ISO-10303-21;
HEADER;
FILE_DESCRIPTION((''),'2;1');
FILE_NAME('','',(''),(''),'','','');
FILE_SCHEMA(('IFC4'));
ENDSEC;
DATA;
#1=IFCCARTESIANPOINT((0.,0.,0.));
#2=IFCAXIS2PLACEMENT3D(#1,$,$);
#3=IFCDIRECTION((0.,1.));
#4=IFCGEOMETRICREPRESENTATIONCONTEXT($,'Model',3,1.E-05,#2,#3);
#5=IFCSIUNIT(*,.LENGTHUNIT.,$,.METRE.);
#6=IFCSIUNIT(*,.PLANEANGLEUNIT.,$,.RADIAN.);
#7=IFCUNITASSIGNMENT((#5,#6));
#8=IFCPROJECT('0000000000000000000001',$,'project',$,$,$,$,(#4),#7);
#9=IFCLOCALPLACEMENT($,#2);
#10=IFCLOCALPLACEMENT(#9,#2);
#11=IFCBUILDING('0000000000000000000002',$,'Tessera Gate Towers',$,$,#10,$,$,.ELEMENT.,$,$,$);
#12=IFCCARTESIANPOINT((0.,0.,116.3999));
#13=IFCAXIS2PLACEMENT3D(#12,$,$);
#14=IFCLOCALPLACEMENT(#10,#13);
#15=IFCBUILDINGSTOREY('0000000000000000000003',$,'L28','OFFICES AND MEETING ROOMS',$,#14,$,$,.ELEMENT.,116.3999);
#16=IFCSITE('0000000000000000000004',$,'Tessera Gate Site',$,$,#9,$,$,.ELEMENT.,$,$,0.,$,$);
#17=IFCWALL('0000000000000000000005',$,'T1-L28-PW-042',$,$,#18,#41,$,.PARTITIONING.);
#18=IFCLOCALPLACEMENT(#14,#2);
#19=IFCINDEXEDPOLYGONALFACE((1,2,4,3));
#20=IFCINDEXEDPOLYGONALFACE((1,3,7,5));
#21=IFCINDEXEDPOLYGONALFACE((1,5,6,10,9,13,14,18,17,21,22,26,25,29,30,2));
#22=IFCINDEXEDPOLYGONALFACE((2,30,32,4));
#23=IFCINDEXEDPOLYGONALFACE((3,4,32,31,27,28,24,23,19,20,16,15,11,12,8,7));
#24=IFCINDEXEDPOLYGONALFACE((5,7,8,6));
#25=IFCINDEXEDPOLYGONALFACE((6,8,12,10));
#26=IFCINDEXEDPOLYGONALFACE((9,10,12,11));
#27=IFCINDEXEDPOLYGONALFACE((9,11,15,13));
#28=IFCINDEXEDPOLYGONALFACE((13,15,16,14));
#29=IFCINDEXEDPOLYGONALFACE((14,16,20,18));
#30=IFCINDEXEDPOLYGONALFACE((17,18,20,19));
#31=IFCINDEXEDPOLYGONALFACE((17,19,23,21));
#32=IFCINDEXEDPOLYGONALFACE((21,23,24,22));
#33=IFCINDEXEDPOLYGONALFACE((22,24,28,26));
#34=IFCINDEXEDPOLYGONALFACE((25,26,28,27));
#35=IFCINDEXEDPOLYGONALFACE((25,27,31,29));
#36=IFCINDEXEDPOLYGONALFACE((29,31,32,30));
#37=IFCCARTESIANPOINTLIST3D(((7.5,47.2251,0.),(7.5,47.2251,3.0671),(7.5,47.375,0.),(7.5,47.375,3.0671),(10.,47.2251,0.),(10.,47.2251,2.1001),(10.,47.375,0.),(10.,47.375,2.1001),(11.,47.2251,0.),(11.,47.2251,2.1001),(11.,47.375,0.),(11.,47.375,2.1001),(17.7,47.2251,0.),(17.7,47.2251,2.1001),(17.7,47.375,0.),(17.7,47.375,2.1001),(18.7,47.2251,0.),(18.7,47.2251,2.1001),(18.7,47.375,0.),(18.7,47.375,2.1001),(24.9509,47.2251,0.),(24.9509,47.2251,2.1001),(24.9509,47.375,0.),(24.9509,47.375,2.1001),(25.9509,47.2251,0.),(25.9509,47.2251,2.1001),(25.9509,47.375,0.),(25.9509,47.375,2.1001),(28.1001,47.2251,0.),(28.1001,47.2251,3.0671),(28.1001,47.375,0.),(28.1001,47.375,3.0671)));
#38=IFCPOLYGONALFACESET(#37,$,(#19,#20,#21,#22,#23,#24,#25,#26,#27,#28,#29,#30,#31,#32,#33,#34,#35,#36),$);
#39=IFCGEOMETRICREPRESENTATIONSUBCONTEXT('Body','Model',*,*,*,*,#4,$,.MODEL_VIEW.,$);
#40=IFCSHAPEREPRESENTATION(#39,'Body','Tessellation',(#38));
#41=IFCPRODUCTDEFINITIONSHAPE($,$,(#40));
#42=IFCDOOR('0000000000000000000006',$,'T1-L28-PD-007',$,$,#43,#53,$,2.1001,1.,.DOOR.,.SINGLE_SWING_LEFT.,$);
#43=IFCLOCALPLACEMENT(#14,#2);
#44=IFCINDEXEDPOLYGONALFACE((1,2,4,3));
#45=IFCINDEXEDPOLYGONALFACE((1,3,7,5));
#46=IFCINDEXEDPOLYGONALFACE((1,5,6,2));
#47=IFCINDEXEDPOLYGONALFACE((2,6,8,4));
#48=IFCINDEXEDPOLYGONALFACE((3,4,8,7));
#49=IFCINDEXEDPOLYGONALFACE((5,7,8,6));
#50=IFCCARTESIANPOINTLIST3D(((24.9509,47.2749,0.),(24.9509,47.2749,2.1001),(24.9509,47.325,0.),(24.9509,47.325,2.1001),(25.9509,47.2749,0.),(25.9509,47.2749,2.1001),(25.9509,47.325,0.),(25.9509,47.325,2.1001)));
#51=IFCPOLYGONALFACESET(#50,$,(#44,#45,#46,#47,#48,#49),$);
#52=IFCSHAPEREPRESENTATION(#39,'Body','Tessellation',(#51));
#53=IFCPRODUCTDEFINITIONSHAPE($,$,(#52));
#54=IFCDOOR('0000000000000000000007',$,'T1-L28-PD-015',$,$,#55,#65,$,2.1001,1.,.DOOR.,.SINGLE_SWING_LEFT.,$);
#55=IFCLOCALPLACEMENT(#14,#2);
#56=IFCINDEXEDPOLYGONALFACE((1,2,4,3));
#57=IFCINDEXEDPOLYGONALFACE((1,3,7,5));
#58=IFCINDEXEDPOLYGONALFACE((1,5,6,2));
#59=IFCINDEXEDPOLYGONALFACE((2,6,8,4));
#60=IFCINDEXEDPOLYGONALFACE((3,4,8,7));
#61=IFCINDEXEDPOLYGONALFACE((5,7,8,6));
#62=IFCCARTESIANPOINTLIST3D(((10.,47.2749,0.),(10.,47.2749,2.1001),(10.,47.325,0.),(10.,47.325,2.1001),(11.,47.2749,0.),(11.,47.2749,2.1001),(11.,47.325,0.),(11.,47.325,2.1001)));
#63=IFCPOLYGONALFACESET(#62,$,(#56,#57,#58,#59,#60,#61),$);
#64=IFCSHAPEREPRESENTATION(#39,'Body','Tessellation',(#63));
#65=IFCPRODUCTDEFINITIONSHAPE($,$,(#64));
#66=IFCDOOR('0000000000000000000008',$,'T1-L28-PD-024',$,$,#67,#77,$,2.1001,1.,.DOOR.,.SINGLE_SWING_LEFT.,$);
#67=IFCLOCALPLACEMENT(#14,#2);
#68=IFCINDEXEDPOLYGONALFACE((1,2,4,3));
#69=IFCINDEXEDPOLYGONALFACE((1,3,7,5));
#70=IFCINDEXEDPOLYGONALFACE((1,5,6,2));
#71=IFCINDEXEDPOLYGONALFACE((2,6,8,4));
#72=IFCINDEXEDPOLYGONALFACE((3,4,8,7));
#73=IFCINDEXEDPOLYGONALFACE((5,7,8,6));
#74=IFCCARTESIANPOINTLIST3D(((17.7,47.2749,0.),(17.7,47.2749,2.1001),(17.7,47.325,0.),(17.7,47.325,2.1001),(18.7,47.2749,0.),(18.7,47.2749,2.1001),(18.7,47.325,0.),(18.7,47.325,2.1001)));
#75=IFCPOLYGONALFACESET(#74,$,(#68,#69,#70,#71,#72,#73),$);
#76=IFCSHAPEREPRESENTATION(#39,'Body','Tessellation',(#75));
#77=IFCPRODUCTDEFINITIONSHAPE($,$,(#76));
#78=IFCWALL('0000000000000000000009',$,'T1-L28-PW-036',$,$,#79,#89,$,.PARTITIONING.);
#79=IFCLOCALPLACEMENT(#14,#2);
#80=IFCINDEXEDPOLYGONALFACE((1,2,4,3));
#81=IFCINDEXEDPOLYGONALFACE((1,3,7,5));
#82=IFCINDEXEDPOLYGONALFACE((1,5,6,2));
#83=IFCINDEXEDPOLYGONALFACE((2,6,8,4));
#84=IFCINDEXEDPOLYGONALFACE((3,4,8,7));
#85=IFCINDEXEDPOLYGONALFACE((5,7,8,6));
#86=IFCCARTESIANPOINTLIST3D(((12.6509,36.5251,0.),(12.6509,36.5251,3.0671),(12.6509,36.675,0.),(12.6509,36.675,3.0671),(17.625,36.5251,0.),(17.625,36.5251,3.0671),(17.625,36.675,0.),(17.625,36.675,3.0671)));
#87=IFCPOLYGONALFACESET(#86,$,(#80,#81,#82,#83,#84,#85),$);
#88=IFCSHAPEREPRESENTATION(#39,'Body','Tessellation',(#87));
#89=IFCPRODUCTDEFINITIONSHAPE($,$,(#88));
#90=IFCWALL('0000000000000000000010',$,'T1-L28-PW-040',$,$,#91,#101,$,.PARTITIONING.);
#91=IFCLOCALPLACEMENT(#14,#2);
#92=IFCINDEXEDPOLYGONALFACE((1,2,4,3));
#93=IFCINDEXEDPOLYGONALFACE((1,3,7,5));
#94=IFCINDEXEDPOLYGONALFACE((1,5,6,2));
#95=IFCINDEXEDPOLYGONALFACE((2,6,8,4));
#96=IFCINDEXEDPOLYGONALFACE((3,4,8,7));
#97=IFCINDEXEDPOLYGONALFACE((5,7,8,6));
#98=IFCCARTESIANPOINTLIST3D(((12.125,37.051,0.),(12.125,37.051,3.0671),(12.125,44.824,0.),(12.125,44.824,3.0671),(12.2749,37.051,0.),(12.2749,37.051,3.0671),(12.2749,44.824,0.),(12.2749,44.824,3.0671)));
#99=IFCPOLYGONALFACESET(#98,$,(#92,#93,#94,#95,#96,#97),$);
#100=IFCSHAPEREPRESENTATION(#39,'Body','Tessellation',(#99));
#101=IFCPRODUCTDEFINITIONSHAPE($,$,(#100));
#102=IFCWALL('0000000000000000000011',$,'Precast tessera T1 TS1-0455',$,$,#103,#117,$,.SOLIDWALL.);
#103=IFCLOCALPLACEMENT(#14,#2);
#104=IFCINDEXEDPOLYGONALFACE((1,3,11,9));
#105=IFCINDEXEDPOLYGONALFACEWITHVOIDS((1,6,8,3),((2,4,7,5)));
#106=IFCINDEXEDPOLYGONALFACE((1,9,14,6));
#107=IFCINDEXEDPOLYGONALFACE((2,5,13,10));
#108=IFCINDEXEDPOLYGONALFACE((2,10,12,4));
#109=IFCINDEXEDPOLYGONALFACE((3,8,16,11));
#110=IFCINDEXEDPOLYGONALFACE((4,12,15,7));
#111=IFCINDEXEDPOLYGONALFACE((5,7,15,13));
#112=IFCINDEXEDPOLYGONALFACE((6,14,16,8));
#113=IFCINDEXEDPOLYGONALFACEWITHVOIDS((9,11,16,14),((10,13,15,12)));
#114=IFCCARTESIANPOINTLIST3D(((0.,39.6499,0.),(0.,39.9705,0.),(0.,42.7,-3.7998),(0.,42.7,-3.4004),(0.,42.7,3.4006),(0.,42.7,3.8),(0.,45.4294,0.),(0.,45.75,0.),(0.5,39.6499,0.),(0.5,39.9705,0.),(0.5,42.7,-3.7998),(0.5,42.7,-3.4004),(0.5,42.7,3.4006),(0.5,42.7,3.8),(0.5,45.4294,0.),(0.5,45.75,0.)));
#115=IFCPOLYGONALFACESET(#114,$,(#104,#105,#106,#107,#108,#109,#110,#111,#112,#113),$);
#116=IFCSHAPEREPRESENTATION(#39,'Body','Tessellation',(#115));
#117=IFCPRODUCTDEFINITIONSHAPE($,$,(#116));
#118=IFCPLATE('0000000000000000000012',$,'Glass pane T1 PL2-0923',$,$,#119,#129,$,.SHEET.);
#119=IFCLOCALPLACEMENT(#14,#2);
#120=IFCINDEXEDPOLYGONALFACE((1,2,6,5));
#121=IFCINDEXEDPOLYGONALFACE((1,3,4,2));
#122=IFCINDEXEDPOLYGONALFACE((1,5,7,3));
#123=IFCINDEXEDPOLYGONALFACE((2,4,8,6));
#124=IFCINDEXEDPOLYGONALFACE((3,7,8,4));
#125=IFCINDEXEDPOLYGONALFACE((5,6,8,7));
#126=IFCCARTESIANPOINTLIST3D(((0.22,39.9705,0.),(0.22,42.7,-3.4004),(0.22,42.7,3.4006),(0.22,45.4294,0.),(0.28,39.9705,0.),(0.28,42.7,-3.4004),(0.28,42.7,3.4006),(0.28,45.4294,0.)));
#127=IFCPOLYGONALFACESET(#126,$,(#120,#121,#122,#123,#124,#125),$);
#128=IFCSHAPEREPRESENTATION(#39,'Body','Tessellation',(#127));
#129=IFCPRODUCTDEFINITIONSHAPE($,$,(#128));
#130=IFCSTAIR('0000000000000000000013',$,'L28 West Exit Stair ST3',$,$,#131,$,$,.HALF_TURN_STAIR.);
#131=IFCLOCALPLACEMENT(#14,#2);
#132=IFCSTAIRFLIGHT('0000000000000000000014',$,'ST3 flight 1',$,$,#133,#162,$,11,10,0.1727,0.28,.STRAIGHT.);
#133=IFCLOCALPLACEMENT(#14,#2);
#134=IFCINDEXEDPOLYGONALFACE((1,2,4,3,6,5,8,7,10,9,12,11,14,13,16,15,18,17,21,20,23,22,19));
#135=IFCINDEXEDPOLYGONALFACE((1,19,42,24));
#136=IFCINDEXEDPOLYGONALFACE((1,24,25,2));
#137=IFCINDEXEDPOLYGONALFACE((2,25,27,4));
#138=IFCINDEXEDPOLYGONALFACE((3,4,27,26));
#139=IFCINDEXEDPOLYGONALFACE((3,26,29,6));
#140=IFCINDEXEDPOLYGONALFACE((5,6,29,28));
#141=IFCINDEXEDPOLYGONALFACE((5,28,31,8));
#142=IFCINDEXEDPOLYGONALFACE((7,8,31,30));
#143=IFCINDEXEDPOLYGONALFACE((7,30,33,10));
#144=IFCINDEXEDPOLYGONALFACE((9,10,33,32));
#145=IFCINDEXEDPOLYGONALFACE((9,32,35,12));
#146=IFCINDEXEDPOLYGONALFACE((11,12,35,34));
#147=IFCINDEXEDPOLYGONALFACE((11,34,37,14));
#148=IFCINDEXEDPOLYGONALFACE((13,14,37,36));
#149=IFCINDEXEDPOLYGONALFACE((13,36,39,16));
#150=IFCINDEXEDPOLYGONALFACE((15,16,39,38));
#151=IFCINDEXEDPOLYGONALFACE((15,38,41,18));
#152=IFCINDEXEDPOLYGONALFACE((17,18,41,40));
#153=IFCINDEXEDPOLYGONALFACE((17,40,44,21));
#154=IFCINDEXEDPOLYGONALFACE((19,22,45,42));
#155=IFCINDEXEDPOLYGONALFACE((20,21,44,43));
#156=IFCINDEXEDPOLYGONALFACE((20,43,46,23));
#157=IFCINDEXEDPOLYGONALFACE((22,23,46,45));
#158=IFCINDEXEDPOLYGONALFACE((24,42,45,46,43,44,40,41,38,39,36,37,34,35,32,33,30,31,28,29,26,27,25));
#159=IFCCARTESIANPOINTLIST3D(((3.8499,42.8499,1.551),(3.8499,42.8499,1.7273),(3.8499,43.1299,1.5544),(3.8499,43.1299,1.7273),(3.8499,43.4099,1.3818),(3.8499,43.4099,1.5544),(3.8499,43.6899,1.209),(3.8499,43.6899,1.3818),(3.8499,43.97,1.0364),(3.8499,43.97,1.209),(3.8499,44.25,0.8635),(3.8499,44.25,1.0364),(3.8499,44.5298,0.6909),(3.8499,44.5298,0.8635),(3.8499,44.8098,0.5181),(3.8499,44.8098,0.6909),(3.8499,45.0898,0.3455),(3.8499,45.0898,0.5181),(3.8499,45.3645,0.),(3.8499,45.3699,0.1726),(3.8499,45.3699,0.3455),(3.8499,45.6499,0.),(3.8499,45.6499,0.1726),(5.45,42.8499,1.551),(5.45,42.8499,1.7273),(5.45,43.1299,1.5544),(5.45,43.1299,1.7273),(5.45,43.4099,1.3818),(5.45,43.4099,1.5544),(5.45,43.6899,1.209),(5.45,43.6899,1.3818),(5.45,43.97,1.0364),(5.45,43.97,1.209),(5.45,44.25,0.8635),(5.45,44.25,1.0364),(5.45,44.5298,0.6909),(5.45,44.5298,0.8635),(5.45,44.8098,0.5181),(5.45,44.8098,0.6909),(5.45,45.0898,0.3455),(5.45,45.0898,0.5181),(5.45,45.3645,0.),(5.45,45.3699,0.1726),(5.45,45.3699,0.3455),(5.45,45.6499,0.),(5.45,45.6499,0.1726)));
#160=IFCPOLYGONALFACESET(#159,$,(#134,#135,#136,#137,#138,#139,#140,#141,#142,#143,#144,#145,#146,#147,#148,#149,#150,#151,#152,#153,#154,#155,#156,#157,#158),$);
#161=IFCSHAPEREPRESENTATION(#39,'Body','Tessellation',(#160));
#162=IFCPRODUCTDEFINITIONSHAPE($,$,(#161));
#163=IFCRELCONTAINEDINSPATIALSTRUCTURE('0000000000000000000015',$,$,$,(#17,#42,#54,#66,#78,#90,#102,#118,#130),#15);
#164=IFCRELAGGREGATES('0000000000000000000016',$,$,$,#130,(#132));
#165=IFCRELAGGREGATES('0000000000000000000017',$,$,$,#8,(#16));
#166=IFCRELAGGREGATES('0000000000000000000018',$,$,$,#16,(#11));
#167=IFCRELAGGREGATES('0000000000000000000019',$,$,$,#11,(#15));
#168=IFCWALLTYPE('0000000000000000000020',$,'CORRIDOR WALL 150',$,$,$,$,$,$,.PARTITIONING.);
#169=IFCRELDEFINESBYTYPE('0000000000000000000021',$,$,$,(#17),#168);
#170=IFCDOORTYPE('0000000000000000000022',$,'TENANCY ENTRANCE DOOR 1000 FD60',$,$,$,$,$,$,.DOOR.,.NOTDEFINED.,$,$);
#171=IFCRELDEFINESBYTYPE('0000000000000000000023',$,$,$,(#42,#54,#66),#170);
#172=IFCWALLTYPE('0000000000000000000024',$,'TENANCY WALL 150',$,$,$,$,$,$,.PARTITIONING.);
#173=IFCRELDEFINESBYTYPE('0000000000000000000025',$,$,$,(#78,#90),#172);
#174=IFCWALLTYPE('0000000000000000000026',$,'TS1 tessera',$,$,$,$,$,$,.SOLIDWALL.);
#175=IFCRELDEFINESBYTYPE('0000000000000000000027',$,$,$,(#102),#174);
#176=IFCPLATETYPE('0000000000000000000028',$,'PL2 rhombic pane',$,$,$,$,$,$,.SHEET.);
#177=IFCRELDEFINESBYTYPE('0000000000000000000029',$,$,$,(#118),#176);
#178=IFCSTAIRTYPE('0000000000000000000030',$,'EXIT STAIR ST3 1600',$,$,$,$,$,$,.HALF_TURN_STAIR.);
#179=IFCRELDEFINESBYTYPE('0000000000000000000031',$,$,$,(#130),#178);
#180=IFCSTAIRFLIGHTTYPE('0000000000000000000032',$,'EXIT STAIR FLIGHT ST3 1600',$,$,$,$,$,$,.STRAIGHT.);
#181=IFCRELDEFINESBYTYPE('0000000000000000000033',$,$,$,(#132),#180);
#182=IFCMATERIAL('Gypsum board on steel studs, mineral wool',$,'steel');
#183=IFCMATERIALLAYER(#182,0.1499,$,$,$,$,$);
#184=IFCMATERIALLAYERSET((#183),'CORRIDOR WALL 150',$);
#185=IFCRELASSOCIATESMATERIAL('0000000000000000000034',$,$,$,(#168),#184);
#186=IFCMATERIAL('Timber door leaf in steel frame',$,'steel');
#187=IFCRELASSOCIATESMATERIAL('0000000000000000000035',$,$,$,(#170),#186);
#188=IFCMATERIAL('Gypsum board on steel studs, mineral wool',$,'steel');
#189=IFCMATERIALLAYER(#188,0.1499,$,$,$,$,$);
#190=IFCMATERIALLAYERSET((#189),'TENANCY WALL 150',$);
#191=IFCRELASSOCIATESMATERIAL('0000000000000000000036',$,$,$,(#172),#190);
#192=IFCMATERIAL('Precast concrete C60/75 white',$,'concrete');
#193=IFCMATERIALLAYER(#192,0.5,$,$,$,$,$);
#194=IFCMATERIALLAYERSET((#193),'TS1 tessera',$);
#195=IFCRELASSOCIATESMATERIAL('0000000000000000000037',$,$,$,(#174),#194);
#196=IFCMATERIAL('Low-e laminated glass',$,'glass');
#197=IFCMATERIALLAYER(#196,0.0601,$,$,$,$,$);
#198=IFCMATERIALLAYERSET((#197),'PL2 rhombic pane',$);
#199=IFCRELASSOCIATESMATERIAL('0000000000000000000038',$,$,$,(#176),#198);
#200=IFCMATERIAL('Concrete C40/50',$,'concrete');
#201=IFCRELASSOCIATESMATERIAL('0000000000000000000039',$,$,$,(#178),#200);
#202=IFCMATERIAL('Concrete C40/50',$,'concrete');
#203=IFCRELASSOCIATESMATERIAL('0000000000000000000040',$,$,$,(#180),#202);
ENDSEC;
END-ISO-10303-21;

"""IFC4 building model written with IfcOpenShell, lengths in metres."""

from ifc_helpers import new_model, si_unit, direction, frame, frame_2d, origin, place, context, subcontext, project, spatial, polyline, rectangle, outline, extrude, source, transform, mapped, material, layer, layer_set, type_object, element, fill, aggregate, save


model = new_model("IFC4")

# Units and contexts
model_context = context("Model", 3, precision=1e-05, world=origin(), true_north=direction((0.0, 1.0)))
body_context = subcontext(model_context, "Body", "Model", "MODEL_VIEW")
ifc_project = project(units=[si_unit("LENGTHUNIT", "METRE"), si_unit("PLANEANGLEUNIT", "RADIAN")], contexts=[model_context])

# Site, building, storey
site_placement = place(None, origin())
site = spatial("IfcSite", under=ifc_project, at=site_placement, Name="Tessera Gate Site", CompositionType="ELEMENT", RefElevation=0.0)
building_placement = place(site_placement, origin())
building = spatial("IfcBuilding", under=site, at=building_placement, Name="Tessera Gate Towers", CompositionType="ELEMENT")
storey_placement = place(building_placement, frame((0.0, 0.0, 116.3999)))
storey = spatial("IfcBuildingStorey", under=building, at=storey_placement, Name="L28", Description="OFFICES AND MEETING ROOMS", CompositionType="ELEMENT", Elevation=116.3999)

# Wall, openings, doors
ifc_material_1 = material(Name="Gypsum board on steel studs, mineral wool", Category="steel")
ifc_layer_1 = layer(ifc_material_1, 0.1499)
ifc_layer_set_1 = layer_set([ifc_layer_1], Name="CORRIDOR WALL 150")
wall_type_1 = type_object("IfcWallType", Name="CORRIDOR WALL 150", PredefinedType="PARTITIONING", material=ifc_layer_set_1)
wall_1_placement = place(storey_placement, frame((7.5, 47.3, 0.0), z_axis=(0.0, 0.0, 1.0), x_axis=(1.0, 0.0, 0.0)))
wall_1 = element("IfcWall", 1, at=wall_1_placement, inside=storey, type_object=wall_type_1, Name="T1-L28-PW-042", PredefinedType="PARTITIONING", context=body_context, shape_type="SweptSolid", body=[
    extrude(rectangle(XDim=20.6001, YDim=0.1499, at=frame_2d((10.3, 0.0))), origin(), (0.0, 0.0, 1.0), 3.0671),
])
shared_shape_1 = source(origin(), body_context, "Body", "SweptSolid", [
    extrude(rectangle(XDim=1.0, YDim=2.1001, at=frame_2d((0.5, 1.05))), frame((0.0, 0.085, 0.0), z_axis=(0.0, -1.0, 0.0), x_axis=(1.0, 0.0, 0.0)), (0.0, 0.0, 1.0), 0.1699),
])
opening_1_placement = place(wall_1_placement, frame((17.4509, 0.0, 0.0)))
opening_1 = element("IfcOpeningElement", 2, at=opening_1_placement, cuts=wall_1, PredefinedType="OPENING", context=body_context, shape_type="MappedRepresentation", body=[
    mapped(shared_shape_1, transform((0.0, 0.0, 0.0), scale=1.0)),
])
opening_2_placement = place(wall_1_placement, frame((2.5, 0.0, 0.0)))
opening_2 = element("IfcOpeningElement", 3, at=opening_2_placement, cuts=wall_1, PredefinedType="OPENING", context=body_context, shape_type="MappedRepresentation", body=[
    mapped(shared_shape_1, transform((0.0, 0.0, 0.0), scale=1.0)),
])
opening_3_placement = place(wall_1_placement, frame((10.2, 0.0, 0.0)))
opening_3 = element("IfcOpeningElement", 4, at=opening_3_placement, cuts=wall_1, PredefinedType="OPENING", context=body_context, shape_type="MappedRepresentation", body=[
    mapped(shared_shape_1, transform((0.0, 0.0, 0.0), scale=1.0)),
])
ifc_material_2 = material(Name="Timber door leaf in steel frame", Category="steel")
door_type_1 = type_object("IfcDoorType", Name="TENANCY ENTRANCE DOOR 1000 FD60", OperationType="NOTDEFINED", PredefinedType="DOOR", material=ifc_material_2)
shared_shape_2 = source(origin(), body_context, "Body", "SweptSolid", [
    extrude(rectangle(XDim=1.0, YDim=2.1001, at=frame_2d((0.5, 1.05))), frame((0.0, 0.0249, 0.0), z_axis=(0.0, -1.0, 0.0), x_axis=(1.0, 0.0, 0.0)), (0.0, 0.0, 1.0), 0.05),
])
door_1_placement = place(opening_1_placement, origin())
door_1 = element("IfcDoor", 5, at=door_1_placement, inside=storey, type_object=door_type_1, Name="T1-L28-PD-007", OperationType="SINGLE_SWING_LEFT", OverallHeight=2.1001, OverallWidth=1.0, PredefinedType="DOOR", context=body_context, shape_type="MappedRepresentation", body=[
    mapped(shared_shape_2, transform((0.0, 0.0, 0.0), scale=1.0)),
])
fill(opening_1, door_1)
door_2_placement = place(opening_2_placement, origin())
door_2 = element("IfcDoor", 6, at=door_2_placement, inside=storey, type_object=door_type_1, Name="T1-L28-PD-015", OperationType="SINGLE_SWING_LEFT", OverallHeight=2.1001, OverallWidth=1.0, PredefinedType="DOOR", context=body_context, shape_type="MappedRepresentation", body=[
    mapped(shared_shape_2, transform((0.0, 0.0, 0.0), scale=1.0)),
])
fill(opening_2, door_2)
door_3_placement = place(opening_3_placement, origin())
door_3 = element("IfcDoor", 7, at=door_3_placement, inside=storey, type_object=door_type_1, Name="T1-L28-PD-024", OperationType="SINGLE_SWING_LEFT", OverallHeight=2.1001, OverallWidth=1.0, PredefinedType="DOOR", context=body_context, shape_type="MappedRepresentation", body=[
    mapped(shared_shape_2, transform((0.0, 0.0, 0.0), scale=1.0)),
])
fill(opening_3, door_3)

# Walls
ifc_material_3 = material(Name="Gypsum board on steel studs, mineral wool", Category="steel")
ifc_layer_2 = layer(ifc_material_3, 0.1499)
ifc_layer_set_2 = layer_set([ifc_layer_2], Name="TENANCY WALL 150")
wall_type_2 = type_object("IfcWallType", Name="TENANCY WALL 150", PredefinedType="PARTITIONING", material=ifc_layer_set_2)
wall_2_placement = place(storey_placement, frame((12.6509, 36.6001, 0.0), z_axis=(0.0, 0.0, 1.0), x_axis=(1.0, 0.0, 0.0)))
element("IfcWall", 8, at=wall_2_placement, inside=storey, type_object=wall_type_2, Name="T1-L28-PW-036", PredefinedType="PARTITIONING", context=body_context, shape_type="SweptSolid", body=[
    extrude(rectangle(XDim=4.9741, YDim=0.1499, at=frame_2d((2.4871, 0.0))), origin(), (0.0, 0.0, 1.0), 3.0671),
])
wall_3_placement = place(storey_placement, frame((12.2, 37.051, 0.0), z_axis=(0.0, 0.0, 1.0), x_axis=(0.0, 1.0, 0.0)))
element("IfcWall", 9, at=wall_3_placement, inside=storey, type_object=wall_type_2, Name="T1-L28-PW-040", PredefinedType="PARTITIONING", context=body_context, shape_type="SweptSolid", body=[
    extrude(rectangle(XDim=7.7729, YDim=0.1499, at=frame_2d((3.8865, 0.0))), origin(), (0.0, 0.0, 1.0), 3.0671),
])

# Wall, opening, plate
ifc_material_4 = material(Name="Precast concrete C60/75 white", Category="concrete")
ifc_layer_3 = layer(ifc_material_4, 0.5)
ifc_layer_set_3 = layer_set([ifc_layer_3], Name="TS1 tessera")
wall_type_3 = type_object("IfcWallType", Name="TS1 tessera", PredefinedType="SOLIDWALL", material=ifc_layer_set_3)
shared_shape_3 = source(origin(), body_context, "Body", "SweptSolid", [
    extrude(outline(polyline([(3.05, 0.0), (6.1001, 3.7998), (3.05, 7.5999), (0.0, 3.7998), (3.05, 0.0)])), frame((0.0, 0.25, 0.0), z_axis=(0.0, -1.0, 0.0), x_axis=(1.0, 0.0, 0.0)), (0.0, 0.0, 1.0), 0.5),
])
wall_4_placement = place(storey_placement, frame((0.25, 45.75, -3.7998), z_axis=(0.0, 0.0, 1.0), x_axis=(0.0, -1.0, 0.0)))
wall_4 = element("IfcWall", 10, at=wall_4_placement, inside=storey, type_object=wall_type_3, Name="Precast tessera T1 TS1-0455", PredefinedType="SOLIDWALL", context=body_context, shape_type="MappedRepresentation", body=[
    mapped(shared_shape_3, transform((0.0, 0.0, 0.0), scale=1.0)),
])
shared_shape_4 = source(origin(), body_context, "Body", "SweptSolid", [
    extrude(outline(polyline([(3.05, 0.3994), (5.7795, 3.7998), (3.05, 7.2004), (0.3206, 3.7998), (3.05, 0.3994)])), frame((0.0, 0.26, 0.0), z_axis=(0.0, -1.0, 0.0), x_axis=(1.0, 0.0, 0.0)), (0.0, 0.0, 1.0), 0.52),
])
opening_4_placement = place(wall_4_placement, origin())
opening_4 = element("IfcOpeningElement", 11, at=opening_4_placement, cuts=wall_4, PredefinedType="OPENING", context=body_context, shape_type="MappedRepresentation", body=[
    mapped(shared_shape_4, transform((0.0, 0.0, 0.0), scale=1.0)),
])
ifc_material_5 = material(Name="Low-e laminated glass", Category="glass")
ifc_layer_4 = layer(ifc_material_5, 0.0601)
ifc_layer_set_4 = layer_set([ifc_layer_4], Name="PL2 rhombic pane")
plate_type = type_object("IfcPlateType", Name="PL2 rhombic pane", PredefinedType="SHEET", material=ifc_layer_set_4)
shared_shape_5 = source(origin(), body_context, "Body", "SweptSolid", [
    extrude(outline(polyline([(3.05, 0.3994), (5.7795, 3.7998), (3.05, 7.2004), (0.3206, 3.7998), (3.05, 0.3994)])), frame((0.0, 0.03, 0.0), z_axis=(0.0, -1.0, 0.0), x_axis=(1.0, 0.0, 0.0)), (0.0, 0.0, 1.0), 0.0601),
])
plate_placement = place(opening_4_placement, origin())
plate = element("IfcPlate", 12, at=plate_placement, inside=storey, type_object=plate_type, Name="Glass pane T1 PL2-0923", PredefinedType="SHEET", context=body_context, shape_type="MappedRepresentation", body=[
    mapped(shared_shape_5, transform((0.0, 0.0, 0.0), scale=1.0)),
])
fill(opening_4, plate)

# Stair, stair flight
ifc_material_6 = material(Name="Concrete C40/50", Category="concrete")
stair_type = type_object("IfcStairType", Name="EXIT STAIR ST3 1600", PredefinedType="HALF_TURN_STAIR", material=ifc_material_6)
stair_placement = place(storey_placement, origin())
stair = element("IfcStair", 13, at=stair_placement, inside=storey, type_object=stair_type, Name="L28 West Exit Stair ST3", PredefinedType="HALF_TURN_STAIR")
ifc_material_7 = material(Name="Concrete C40/50", Category="concrete")
stair_flight_type = type_object("IfcStairFlightType", Name="EXIT STAIR FLIGHT ST3 1600", PredefinedType="STRAIGHT", material=ifc_material_7)
stair_flight_1_placement = place(storey_placement, frame((4.6499, 45.6499, 0.0), z_axis=(0.0, 0.0, 1.0), x_axis=(0.0, -1.0, 0.0)))
stair_flight_1 = element("IfcStairFlight", 14, at=stair_flight_1_placement, type_object=stair_flight_type, Name="ST3 flight 1", NumberOfRisers=11, NumberOfTreads=10, PredefinedType="STRAIGHT", RiserHeight=0.1727, TreadLength=0.28, context=body_context, shape_type="SweptSolid", body=[
    extrude(outline(polyline([(0.0, 0.0), (0.0, 0.1726), (0.28, 0.1726), (0.28, 0.3455), (0.5601, 0.3455), (0.5601, 0.5181), (0.8401, 0.5181), (0.8401, 0.6909), (1.1201, 0.6909), (1.1201, 0.8635), (1.3999, 0.8635), (1.3999, 1.0364), (1.6799, 1.0364), (1.6799, 1.209), (1.96, 1.209), (1.96, 1.3818), (2.24, 1.3818), (2.24, 1.5544), (2.52, 1.5544), (2.52, 1.7273), (2.8, 1.7273), (2.8, 1.8999), (2.8, 1.551), (0.2854, 0.0), (0.0, 0.0)])), frame((0.0, 0.8, 0.0), z_axis=(0.0, -1.0, 0.0), x_axis=(1.0, 0.0, 0.0)), (0.0, 0.0, 1.0), 1.6001),
])
aggregate(stair, [stair_flight_1])

save(model, "model.ifc")
